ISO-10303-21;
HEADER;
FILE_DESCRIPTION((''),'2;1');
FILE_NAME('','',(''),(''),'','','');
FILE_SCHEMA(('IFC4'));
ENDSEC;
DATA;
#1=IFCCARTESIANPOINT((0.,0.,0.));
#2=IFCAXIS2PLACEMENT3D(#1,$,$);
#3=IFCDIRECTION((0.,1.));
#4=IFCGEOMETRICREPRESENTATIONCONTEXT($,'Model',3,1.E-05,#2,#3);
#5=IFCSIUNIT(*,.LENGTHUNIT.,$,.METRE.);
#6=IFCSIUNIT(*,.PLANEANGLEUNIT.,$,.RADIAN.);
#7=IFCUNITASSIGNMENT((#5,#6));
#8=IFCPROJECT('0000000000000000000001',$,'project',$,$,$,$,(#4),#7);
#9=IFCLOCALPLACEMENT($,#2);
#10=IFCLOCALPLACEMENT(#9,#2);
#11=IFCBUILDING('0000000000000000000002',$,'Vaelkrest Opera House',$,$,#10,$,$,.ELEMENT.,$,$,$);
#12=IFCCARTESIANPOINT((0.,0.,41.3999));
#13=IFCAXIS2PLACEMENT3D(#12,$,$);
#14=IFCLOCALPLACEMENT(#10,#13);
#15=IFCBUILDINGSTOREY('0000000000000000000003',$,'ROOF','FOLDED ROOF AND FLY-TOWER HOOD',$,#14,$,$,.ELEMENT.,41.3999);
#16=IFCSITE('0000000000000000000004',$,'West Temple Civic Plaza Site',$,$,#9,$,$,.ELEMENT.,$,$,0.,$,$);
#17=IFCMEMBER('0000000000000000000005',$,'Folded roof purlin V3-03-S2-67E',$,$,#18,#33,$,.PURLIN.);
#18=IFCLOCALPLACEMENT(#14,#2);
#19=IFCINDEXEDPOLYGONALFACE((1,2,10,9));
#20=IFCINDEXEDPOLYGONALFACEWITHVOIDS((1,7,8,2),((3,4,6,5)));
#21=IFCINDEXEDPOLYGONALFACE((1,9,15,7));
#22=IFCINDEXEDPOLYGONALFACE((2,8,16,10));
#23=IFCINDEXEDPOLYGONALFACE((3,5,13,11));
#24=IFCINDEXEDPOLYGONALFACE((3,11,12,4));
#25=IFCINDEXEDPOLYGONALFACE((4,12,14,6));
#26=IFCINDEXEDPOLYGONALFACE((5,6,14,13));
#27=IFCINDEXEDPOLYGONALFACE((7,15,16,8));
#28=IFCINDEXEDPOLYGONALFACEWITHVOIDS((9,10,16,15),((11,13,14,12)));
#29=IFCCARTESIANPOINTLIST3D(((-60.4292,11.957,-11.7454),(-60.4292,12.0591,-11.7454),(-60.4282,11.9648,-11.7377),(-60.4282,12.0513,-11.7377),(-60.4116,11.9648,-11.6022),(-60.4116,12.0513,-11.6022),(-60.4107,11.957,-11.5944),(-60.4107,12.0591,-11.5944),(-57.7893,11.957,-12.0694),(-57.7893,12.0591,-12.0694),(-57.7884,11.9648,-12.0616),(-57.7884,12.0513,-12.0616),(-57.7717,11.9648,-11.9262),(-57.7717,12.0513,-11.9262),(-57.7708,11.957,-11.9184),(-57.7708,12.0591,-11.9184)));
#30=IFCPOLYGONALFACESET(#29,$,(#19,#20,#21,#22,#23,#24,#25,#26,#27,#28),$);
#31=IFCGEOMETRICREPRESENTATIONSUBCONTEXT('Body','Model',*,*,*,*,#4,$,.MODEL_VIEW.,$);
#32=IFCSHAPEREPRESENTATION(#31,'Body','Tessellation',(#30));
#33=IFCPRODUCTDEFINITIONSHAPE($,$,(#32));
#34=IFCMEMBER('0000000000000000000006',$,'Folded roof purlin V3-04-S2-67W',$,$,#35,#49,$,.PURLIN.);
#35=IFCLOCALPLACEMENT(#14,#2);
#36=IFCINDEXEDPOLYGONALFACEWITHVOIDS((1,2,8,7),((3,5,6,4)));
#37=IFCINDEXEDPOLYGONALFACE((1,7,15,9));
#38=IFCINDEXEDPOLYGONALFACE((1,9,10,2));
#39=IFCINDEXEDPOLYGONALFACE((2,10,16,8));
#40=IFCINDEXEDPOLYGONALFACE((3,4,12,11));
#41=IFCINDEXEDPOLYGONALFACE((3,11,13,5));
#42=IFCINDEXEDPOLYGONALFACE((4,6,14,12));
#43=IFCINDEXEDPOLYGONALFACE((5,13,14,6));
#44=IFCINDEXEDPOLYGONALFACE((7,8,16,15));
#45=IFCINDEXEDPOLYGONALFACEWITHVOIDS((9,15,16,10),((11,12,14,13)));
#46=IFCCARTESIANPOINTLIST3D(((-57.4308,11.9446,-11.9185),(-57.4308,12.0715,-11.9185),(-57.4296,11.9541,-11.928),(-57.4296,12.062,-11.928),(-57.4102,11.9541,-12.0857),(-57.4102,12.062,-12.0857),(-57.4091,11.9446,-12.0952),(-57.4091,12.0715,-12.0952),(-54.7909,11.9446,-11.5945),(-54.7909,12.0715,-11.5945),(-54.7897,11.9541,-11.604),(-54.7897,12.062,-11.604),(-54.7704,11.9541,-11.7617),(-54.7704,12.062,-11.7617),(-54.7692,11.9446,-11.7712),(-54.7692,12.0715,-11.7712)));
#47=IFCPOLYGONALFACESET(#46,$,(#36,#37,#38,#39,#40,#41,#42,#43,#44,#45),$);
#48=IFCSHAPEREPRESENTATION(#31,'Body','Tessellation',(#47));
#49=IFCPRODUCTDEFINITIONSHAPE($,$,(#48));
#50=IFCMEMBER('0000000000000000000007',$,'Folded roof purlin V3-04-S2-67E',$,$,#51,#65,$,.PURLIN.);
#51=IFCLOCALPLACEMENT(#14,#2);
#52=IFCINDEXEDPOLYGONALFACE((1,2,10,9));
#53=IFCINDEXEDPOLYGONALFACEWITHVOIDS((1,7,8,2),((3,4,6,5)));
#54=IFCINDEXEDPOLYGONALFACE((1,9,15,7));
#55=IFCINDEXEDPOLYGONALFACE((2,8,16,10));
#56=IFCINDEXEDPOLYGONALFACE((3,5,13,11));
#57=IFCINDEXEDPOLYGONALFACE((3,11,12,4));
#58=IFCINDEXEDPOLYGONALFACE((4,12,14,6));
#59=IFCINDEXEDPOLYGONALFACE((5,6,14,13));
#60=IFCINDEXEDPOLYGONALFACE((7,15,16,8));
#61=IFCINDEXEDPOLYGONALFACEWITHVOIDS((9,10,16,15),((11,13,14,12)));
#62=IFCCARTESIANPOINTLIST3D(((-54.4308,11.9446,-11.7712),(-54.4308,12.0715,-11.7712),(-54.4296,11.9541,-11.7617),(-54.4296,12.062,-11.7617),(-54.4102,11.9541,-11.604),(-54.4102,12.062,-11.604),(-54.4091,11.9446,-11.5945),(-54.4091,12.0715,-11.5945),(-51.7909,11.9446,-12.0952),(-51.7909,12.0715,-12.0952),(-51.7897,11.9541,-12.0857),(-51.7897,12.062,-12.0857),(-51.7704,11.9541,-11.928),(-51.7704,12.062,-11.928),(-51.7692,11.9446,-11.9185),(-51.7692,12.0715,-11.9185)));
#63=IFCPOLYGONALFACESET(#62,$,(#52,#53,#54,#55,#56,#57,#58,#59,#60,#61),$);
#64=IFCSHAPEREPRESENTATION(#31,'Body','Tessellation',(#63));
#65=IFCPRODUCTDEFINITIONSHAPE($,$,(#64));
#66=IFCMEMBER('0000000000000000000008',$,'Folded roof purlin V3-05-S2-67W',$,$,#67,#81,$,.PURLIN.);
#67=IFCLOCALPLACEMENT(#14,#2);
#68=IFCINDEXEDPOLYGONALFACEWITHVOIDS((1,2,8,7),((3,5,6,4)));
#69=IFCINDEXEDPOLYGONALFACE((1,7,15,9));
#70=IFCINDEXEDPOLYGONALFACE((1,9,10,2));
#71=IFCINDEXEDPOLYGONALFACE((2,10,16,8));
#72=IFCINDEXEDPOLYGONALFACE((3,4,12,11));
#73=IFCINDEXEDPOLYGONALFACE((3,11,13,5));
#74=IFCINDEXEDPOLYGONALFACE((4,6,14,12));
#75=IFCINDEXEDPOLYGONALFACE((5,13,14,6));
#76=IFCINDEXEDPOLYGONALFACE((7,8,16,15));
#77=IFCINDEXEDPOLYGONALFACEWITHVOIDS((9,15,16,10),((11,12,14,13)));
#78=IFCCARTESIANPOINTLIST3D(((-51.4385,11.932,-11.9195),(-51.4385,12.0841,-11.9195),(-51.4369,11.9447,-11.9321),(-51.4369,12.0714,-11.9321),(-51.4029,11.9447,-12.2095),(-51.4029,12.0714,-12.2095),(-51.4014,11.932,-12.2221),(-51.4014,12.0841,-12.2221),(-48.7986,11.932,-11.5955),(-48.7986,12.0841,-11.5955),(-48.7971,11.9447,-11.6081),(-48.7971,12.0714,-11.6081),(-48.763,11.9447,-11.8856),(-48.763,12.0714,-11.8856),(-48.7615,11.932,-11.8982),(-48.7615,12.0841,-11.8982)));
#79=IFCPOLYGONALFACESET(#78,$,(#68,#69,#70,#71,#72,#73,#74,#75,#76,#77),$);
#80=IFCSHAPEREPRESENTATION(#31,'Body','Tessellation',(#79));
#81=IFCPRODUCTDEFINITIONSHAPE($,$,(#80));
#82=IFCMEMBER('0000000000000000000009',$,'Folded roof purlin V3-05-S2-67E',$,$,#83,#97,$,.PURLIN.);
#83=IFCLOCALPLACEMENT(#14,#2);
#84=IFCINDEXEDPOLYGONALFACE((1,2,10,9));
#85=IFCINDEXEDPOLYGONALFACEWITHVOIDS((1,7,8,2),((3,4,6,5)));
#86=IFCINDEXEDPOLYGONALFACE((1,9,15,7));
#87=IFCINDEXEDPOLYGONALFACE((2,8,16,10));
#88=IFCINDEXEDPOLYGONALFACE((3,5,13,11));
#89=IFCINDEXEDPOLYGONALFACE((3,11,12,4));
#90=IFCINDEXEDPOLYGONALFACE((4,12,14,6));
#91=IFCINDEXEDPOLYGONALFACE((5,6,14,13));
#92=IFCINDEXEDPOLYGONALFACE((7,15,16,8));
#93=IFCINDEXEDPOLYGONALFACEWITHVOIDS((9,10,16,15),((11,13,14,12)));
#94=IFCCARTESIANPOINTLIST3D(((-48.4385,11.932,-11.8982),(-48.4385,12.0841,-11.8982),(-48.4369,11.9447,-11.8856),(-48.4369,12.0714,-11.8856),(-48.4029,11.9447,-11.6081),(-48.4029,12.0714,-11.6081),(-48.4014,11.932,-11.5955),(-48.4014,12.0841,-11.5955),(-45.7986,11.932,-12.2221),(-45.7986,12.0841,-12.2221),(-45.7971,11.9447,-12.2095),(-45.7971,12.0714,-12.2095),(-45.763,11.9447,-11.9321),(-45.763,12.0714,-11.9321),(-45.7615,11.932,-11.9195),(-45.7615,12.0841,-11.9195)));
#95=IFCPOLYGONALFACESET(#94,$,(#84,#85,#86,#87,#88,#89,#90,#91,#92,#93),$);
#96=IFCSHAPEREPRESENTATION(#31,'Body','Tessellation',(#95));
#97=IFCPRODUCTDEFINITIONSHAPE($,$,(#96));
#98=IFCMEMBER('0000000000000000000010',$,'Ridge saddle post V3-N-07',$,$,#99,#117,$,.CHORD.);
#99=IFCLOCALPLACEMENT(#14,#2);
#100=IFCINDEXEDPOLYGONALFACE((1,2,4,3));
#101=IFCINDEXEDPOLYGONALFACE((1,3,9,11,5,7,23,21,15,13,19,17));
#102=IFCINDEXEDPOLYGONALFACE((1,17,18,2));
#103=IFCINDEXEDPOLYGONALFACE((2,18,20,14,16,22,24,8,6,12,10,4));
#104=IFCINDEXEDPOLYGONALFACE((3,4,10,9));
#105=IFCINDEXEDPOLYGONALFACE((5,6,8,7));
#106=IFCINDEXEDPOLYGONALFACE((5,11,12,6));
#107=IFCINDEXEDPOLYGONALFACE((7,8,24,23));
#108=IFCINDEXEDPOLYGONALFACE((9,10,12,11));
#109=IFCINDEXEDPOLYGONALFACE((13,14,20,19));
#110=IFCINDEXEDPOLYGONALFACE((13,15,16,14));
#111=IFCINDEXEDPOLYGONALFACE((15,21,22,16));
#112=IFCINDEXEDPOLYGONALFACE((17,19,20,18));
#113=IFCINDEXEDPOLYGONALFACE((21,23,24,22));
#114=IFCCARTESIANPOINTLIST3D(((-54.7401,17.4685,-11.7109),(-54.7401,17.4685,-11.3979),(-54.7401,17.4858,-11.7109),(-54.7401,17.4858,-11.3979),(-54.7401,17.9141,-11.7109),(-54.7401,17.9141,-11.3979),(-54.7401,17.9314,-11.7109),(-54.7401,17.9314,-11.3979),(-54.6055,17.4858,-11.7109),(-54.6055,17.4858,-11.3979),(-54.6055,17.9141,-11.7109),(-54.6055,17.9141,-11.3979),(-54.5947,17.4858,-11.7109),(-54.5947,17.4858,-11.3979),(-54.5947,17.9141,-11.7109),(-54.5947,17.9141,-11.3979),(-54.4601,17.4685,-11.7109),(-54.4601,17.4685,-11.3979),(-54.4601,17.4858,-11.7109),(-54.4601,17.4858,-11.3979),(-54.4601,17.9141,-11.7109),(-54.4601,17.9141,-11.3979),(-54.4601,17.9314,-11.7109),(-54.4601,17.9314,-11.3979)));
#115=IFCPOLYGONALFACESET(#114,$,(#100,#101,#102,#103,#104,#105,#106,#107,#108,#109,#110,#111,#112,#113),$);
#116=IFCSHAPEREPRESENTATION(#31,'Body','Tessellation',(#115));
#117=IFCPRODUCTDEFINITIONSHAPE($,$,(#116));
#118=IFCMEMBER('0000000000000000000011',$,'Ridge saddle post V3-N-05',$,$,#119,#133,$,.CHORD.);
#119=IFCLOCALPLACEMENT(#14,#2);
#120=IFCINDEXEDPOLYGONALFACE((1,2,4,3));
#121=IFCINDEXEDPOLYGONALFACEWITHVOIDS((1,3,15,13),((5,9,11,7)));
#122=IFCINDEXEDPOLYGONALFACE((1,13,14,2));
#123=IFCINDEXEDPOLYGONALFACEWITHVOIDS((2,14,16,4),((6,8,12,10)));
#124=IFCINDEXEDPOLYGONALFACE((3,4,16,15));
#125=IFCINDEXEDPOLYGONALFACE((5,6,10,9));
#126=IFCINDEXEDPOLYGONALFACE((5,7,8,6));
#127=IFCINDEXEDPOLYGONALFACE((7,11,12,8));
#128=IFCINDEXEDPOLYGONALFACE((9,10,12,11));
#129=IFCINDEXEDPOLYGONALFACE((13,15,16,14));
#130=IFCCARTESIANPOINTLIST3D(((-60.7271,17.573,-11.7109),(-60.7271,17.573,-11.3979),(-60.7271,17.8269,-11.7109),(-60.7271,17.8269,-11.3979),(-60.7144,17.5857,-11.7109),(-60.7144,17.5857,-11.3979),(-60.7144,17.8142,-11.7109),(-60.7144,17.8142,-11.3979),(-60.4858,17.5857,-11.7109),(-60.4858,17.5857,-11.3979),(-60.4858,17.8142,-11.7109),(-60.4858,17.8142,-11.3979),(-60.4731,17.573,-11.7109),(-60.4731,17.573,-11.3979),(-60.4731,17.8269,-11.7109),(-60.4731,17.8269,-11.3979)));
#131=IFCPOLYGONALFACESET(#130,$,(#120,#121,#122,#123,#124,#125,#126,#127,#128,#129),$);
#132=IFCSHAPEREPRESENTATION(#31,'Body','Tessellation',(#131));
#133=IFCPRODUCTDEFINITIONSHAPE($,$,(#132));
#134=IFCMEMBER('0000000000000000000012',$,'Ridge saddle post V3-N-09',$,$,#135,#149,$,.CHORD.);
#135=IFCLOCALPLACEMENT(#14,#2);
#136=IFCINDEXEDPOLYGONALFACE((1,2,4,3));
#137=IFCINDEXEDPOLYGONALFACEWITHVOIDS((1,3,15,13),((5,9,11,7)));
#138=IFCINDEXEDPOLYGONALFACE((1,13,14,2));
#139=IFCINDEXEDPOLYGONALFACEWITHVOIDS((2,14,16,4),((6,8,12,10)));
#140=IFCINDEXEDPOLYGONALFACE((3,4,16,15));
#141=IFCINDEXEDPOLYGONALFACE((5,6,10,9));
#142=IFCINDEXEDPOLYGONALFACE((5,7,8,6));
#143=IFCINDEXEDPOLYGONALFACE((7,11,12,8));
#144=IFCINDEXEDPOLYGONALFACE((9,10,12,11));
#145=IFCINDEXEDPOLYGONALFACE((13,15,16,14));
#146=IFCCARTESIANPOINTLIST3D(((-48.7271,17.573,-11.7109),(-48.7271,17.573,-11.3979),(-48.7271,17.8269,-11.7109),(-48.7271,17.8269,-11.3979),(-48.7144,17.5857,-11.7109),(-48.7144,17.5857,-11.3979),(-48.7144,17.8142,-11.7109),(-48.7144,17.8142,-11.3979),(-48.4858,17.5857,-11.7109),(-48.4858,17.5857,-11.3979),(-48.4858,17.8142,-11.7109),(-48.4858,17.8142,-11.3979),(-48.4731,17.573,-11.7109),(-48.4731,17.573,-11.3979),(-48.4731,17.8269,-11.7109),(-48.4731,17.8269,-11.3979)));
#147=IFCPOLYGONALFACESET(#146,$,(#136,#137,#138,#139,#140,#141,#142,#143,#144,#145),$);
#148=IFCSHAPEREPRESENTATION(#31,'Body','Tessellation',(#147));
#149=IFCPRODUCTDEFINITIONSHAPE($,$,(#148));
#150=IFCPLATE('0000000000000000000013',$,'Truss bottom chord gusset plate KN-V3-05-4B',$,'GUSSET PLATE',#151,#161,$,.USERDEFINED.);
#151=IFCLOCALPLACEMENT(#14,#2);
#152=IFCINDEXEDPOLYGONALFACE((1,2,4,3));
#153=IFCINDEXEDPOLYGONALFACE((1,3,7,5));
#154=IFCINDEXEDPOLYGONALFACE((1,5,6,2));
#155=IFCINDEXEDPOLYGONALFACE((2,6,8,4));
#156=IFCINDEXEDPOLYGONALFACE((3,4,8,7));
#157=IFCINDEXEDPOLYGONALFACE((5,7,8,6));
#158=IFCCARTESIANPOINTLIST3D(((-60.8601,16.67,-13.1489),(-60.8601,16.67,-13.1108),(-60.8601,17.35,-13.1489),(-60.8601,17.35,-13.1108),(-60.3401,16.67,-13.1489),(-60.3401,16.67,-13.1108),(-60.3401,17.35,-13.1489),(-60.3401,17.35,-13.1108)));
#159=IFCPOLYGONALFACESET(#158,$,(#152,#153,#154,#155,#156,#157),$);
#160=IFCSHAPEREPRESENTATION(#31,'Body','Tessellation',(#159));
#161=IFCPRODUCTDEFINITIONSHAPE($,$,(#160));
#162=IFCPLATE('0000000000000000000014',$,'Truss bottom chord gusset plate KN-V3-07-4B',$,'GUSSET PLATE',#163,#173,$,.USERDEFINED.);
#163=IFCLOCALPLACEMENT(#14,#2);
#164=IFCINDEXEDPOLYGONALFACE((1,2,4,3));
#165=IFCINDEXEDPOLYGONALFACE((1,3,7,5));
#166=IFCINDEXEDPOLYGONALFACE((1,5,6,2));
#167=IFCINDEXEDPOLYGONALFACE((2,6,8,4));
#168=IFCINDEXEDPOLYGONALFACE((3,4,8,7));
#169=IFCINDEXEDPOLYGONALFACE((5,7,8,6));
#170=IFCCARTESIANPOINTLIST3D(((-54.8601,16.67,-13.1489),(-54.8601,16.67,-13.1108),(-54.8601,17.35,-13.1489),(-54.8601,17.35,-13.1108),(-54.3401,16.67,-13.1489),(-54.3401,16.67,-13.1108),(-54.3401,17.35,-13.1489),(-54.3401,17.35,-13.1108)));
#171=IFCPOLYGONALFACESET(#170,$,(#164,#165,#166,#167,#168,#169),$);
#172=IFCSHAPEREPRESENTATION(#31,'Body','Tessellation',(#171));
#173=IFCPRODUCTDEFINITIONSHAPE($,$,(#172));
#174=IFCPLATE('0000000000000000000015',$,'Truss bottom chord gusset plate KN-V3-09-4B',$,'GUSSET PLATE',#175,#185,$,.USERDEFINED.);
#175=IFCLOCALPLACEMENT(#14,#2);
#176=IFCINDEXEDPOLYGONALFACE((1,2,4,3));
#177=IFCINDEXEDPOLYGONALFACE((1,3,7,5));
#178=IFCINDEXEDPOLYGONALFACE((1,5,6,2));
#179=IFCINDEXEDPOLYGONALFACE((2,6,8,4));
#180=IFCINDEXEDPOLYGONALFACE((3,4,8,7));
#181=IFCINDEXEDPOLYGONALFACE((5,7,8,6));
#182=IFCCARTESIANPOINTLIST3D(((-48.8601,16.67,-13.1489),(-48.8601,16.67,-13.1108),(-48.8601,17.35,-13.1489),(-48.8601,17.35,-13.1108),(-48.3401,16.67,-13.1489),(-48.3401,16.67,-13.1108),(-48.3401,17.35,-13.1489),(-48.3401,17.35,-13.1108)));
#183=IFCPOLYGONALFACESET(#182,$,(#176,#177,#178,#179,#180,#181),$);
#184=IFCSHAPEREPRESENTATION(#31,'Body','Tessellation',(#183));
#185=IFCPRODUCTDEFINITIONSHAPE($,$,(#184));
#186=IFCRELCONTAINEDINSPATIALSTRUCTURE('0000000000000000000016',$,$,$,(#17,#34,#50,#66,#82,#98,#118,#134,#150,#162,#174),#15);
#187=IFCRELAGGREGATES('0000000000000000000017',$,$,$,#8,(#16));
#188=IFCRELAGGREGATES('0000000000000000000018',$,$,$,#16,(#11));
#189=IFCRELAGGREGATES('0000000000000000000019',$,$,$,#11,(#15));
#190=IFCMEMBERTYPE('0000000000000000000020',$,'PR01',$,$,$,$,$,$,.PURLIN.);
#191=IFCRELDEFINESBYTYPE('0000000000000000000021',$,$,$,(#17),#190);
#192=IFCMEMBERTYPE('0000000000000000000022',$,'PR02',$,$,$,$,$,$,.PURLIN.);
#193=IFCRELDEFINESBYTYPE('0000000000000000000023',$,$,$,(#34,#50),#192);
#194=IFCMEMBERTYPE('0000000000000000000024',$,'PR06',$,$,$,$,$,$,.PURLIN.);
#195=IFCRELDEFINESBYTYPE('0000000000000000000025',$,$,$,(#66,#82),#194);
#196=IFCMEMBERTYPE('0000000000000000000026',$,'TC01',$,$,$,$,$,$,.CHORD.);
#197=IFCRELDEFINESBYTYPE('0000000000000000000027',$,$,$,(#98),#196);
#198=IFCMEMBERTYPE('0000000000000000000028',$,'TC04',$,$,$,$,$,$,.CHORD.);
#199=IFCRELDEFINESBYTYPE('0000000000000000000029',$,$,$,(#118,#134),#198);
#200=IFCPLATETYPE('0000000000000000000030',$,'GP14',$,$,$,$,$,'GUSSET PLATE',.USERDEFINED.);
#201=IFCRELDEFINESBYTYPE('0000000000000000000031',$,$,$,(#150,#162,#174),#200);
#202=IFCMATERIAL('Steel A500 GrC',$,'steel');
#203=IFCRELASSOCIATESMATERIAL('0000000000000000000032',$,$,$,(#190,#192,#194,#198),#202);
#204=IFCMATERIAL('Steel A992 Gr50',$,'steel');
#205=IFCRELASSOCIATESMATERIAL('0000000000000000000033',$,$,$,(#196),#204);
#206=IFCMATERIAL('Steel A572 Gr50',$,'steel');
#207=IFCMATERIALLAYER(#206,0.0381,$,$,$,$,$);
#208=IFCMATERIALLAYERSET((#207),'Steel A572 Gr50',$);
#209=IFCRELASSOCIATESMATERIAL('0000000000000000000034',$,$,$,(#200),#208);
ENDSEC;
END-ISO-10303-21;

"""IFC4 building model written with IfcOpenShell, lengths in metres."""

from ifc_helpers import new_model, si_unit, direction, frame, origin, origin_2d, place, context, subcontext, project, spatial, rectangle, hollow_rectangle, i_section, extrude, material, layer, layer_set, material_profile, profile_set, type_object, element, save


model = new_model("IFC4")

# Units and contexts
model_context = context("Model", 3, precision=1e-05, world=origin(), true_north=direction((0.0, 1.0)))
body_context = subcontext(model_context, "Body", "Model", "MODEL_VIEW")
ifc_project = project(units=[si_unit("LENGTHUNIT", "METRE"), si_unit("PLANEANGLEUNIT", "RADIAN")], contexts=[model_context])

# Site, building, storey
site_placement = place(None, origin())
site = spatial("IfcSite", under=ifc_project, at=site_placement, Name="West Temple Civic Plaza Site", CompositionType="ELEMENT", RefElevation=0.0)
building_placement = place(site_placement, origin())
building = spatial("IfcBuilding", under=site, at=building_placement, Name="Vaelkrest Opera House", CompositionType="ELEMENT")
storey_placement = place(building_placement, frame((0.0, 0.0, 41.3999)))
storey = spatial("IfcBuildingStorey", under=building, at=storey_placement, Name="ROOF", Description="FOLDED ROOF AND FLY-TOWER HOOD", CompositionType="ELEMENT", Elevation=41.3999)

# Members
ifc_material_1 = material(Name="Steel A500 GrC", Category="steel")
ifc_material_profile_1 = material_profile(ifc_material_1, hollow_rectangle(XDim=0.1021, YDim=0.1521, WallThickness=0.0078, at=origin_2d()), Name="HSS152X102X8")
ifc_profile_set_1 = profile_set([ifc_material_profile_1], Name="Steel A500 GrC")
member_type_1 = type_object("IfcMemberType", Name="PR01", PredefinedType="PURLIN", material=ifc_profile_set_1)
member_1_placement = place(storey_placement, frame((-60.4199, 12.0081, -11.6699), z_axis=(0.992554, 0.0, -0.121809), x_axis=(0.0, 1.0, 0.0)))
element("IfcMember", 1, at=member_1_placement, inside=storey, type_object=member_type_1, Name="Folded roof purlin V3-03-S2-67E", PredefinedType="PURLIN", context=body_context, shape_type="SweptSolid", body=[
    extrude(hollow_rectangle(XDim=0.1021, YDim=0.1521, WallThickness=0.0078, at=origin_2d()), origin(), (0.0, 0.0, 1.0), 2.6597),
])
ifc_material_profile_2 = material_profile(ifc_material_1, hollow_rectangle(XDim=0.127, YDim=0.178, WallThickness=0.0095, at=origin_2d()), Name="HSS178X127X9.5")
ifc_profile_set_2 = profile_set([ifc_material_profile_2], Name="Steel A500 GrC")
member_type_2 = type_object("IfcMemberType", Name="PR02", PredefinedType="PURLIN", material=ifc_profile_set_2)
for number, where, z_axis, x_axis, name in (
    (2, (-57.4199, 12.0081, -12.0068), (0.992554, 0.0, 0.121809), (0.0, 1.0, 0.0), "Folded roof purlin V3-04-S2-67W"),
    (3, (-54.4199, 12.0081, -11.6829), (0.992554, 0.0, -0.121809), (0.0, 1.0, 0.0), "Folded roof purlin V3-04-S2-67E"),
):
    element("IfcMember", number, at=place(storey_placement, frame(where, z_axis=z_axis, x_axis=x_axis)), inside=storey, type_object=member_type_2, Name=name, PredefinedType="PURLIN", context=body_context, shape_type="SweptSolid", body=[
        extrude(hollow_rectangle(XDim=0.127, YDim=0.178, WallThickness=0.0095, at=origin_2d()), origin(), (0.0, 0.0, 1.0), 2.6597),
    ])
ifc_material_profile_3 = material_profile(ifc_material_1, hollow_rectangle(XDim=0.1521, YDim=0.3049, WallThickness=0.0127, at=origin_2d()), Name="HSS305X152X12.7")
ifc_profile_set_3 = profile_set([ifc_material_profile_3], Name="Steel A500 GrC")
member_type_3 = type_object("IfcMemberType", Name="PR06", PredefinedType="PURLIN", material=ifc_profile_set_3)
for number, where, z_axis, x_axis, name in (
    (4, (-51.4199, 12.0081, -12.0708), (0.992554, 0.0, 0.121809), (0.0, 1.0, 0.0), "Folded roof purlin V3-05-S2-67W"),
    (5, (-48.4199, 12.0081, -11.7468), (0.992554, 0.0, -0.121809), (0.0, 1.0, 0.0), "Folded roof purlin V3-05-S2-67E"),
):
    element("IfcMember", number, at=place(storey_placement, frame(where, z_axis=z_axis, x_axis=x_axis)), inside=storey, type_object=member_type_3, Name=name, PredefinedType="PURLIN", context=body_context, shape_type="SweptSolid", body=[
        extrude(hollow_rectangle(XDim=0.1521, YDim=0.3049, WallThickness=0.0127, at=origin_2d()), origin(), (0.0, 0.0, 1.0), 2.6597),
    ])
ifc_material_2 = material(Name="Steel A992 Gr50", Category="steel")
ifc_material_profile_4 = material_profile(ifc_material_2, i_section(OverallWidth=0.28, OverallDepth=0.4629, WebThickness=0.0107, FlangeThickness=0.0173, at=origin_2d()), Name="W18X76")
ifc_profile_set_4 = profile_set([ifc_material_profile_4], Name="Steel A992 Gr50")
member_type_4 = type_object("IfcMemberType", Name="TC01", PredefinedType="CHORD", material=ifc_profile_set_4)
member_2_placement = place(storey_placement, frame((-54.6001, 17.7, -11.7109), z_axis=(0.0, 0.0, 1.0), x_axis=(1.0, 0.0, 0.0)))
element("IfcMember", 6, at=member_2_placement, inside=storey, type_object=member_type_4, Name="Ridge saddle post V3-N-07", PredefinedType="CHORD", context=body_context, shape_type="SweptSolid", body=[
    extrude(i_section(OverallWidth=0.28, OverallDepth=0.4629, WebThickness=0.0107, FlangeThickness=0.0173, at=origin_2d()), origin(), (0.0, 0.0, 1.0), 0.313),
])
ifc_material_profile_5 = material_profile(ifc_material_1, hollow_rectangle(XDim=0.2539, YDim=0.2539, WallThickness=0.0127, at=origin_2d()), Name="HSS254X254X12.7")
ifc_profile_set_5 = profile_set([ifc_material_profile_5], Name="Steel A500 GrC")
member_type_5 = type_object("IfcMemberType", Name="TC04", PredefinedType="CHORD", material=ifc_profile_set_5)
for number, where, z_axis, x_axis, name in (
    (7, (-60.6001, 17.7, -11.7109), (0.0, 0.0, 1.0), (1.0, 0.0, 0.0), "Ridge saddle post V3-N-05"),
    (8, (-48.6001, 17.7, -11.7109), (0.0, 0.0, 1.0), (1.0, 0.0, 0.0), "Ridge saddle post V3-N-09"),
):
    element("IfcMember", number, at=place(storey_placement, frame(where, z_axis=z_axis, x_axis=x_axis)), inside=storey, type_object=member_type_5, Name=name, PredefinedType="CHORD", context=body_context, shape_type="SweptSolid", body=[
        extrude(hollow_rectangle(XDim=0.2539, YDim=0.2539, WallThickness=0.0127, at=origin_2d()), origin(), (0.0, 0.0, 1.0), 0.313),
    ])

# Plates
ifc_material_3 = material(Name="Steel A572 Gr50", Category="steel")
ifc_layer_1 = layer(ifc_material_3, 0.0381)
ifc_layer_set_1 = layer_set([ifc_layer_1], Name="Steel A572 Gr50")
plate_type_1 = type_object("IfcPlateType", Name="GP14", ElementType="GUSSET PLATE", PredefinedType="USERDEFINED", material=ifc_layer_set_1)
for number, where, z_axis, x_axis, name in (
    (9, (-60.6001, 17.01, -13.1489), (0.0, 0.0, 1.0), (0.0, 1.0, 0.0), "Truss bottom chord gusset plate KN-V3-05-4B"),
    (10, (-54.6001, 17.01, -13.1489), (0.0, 0.0, 1.0), (0.0, 1.0, 0.0), "Truss bottom chord gusset plate KN-V3-07-4B"),
    (11, (-48.6001, 17.01, -13.1489), (0.0, 0.0, 1.0), (0.0, 1.0, 0.0), "Truss bottom chord gusset plate KN-V3-09-4B"),
):
    element("IfcPlate", number, at=place(storey_placement, frame(where, z_axis=z_axis, x_axis=x_axis)), inside=storey, type_object=plate_type_1, Name=name, ObjectType="GUSSET PLATE", PredefinedType="USERDEFINED", context=body_context, shape_type="SweptSolid", body=[
        extrude(rectangle(XDim=0.6799, YDim=0.52, at=origin_2d()), origin(), (0.0, 0.0, 1.0), 0.0381),
    ])

save(model, "model.ifc")
